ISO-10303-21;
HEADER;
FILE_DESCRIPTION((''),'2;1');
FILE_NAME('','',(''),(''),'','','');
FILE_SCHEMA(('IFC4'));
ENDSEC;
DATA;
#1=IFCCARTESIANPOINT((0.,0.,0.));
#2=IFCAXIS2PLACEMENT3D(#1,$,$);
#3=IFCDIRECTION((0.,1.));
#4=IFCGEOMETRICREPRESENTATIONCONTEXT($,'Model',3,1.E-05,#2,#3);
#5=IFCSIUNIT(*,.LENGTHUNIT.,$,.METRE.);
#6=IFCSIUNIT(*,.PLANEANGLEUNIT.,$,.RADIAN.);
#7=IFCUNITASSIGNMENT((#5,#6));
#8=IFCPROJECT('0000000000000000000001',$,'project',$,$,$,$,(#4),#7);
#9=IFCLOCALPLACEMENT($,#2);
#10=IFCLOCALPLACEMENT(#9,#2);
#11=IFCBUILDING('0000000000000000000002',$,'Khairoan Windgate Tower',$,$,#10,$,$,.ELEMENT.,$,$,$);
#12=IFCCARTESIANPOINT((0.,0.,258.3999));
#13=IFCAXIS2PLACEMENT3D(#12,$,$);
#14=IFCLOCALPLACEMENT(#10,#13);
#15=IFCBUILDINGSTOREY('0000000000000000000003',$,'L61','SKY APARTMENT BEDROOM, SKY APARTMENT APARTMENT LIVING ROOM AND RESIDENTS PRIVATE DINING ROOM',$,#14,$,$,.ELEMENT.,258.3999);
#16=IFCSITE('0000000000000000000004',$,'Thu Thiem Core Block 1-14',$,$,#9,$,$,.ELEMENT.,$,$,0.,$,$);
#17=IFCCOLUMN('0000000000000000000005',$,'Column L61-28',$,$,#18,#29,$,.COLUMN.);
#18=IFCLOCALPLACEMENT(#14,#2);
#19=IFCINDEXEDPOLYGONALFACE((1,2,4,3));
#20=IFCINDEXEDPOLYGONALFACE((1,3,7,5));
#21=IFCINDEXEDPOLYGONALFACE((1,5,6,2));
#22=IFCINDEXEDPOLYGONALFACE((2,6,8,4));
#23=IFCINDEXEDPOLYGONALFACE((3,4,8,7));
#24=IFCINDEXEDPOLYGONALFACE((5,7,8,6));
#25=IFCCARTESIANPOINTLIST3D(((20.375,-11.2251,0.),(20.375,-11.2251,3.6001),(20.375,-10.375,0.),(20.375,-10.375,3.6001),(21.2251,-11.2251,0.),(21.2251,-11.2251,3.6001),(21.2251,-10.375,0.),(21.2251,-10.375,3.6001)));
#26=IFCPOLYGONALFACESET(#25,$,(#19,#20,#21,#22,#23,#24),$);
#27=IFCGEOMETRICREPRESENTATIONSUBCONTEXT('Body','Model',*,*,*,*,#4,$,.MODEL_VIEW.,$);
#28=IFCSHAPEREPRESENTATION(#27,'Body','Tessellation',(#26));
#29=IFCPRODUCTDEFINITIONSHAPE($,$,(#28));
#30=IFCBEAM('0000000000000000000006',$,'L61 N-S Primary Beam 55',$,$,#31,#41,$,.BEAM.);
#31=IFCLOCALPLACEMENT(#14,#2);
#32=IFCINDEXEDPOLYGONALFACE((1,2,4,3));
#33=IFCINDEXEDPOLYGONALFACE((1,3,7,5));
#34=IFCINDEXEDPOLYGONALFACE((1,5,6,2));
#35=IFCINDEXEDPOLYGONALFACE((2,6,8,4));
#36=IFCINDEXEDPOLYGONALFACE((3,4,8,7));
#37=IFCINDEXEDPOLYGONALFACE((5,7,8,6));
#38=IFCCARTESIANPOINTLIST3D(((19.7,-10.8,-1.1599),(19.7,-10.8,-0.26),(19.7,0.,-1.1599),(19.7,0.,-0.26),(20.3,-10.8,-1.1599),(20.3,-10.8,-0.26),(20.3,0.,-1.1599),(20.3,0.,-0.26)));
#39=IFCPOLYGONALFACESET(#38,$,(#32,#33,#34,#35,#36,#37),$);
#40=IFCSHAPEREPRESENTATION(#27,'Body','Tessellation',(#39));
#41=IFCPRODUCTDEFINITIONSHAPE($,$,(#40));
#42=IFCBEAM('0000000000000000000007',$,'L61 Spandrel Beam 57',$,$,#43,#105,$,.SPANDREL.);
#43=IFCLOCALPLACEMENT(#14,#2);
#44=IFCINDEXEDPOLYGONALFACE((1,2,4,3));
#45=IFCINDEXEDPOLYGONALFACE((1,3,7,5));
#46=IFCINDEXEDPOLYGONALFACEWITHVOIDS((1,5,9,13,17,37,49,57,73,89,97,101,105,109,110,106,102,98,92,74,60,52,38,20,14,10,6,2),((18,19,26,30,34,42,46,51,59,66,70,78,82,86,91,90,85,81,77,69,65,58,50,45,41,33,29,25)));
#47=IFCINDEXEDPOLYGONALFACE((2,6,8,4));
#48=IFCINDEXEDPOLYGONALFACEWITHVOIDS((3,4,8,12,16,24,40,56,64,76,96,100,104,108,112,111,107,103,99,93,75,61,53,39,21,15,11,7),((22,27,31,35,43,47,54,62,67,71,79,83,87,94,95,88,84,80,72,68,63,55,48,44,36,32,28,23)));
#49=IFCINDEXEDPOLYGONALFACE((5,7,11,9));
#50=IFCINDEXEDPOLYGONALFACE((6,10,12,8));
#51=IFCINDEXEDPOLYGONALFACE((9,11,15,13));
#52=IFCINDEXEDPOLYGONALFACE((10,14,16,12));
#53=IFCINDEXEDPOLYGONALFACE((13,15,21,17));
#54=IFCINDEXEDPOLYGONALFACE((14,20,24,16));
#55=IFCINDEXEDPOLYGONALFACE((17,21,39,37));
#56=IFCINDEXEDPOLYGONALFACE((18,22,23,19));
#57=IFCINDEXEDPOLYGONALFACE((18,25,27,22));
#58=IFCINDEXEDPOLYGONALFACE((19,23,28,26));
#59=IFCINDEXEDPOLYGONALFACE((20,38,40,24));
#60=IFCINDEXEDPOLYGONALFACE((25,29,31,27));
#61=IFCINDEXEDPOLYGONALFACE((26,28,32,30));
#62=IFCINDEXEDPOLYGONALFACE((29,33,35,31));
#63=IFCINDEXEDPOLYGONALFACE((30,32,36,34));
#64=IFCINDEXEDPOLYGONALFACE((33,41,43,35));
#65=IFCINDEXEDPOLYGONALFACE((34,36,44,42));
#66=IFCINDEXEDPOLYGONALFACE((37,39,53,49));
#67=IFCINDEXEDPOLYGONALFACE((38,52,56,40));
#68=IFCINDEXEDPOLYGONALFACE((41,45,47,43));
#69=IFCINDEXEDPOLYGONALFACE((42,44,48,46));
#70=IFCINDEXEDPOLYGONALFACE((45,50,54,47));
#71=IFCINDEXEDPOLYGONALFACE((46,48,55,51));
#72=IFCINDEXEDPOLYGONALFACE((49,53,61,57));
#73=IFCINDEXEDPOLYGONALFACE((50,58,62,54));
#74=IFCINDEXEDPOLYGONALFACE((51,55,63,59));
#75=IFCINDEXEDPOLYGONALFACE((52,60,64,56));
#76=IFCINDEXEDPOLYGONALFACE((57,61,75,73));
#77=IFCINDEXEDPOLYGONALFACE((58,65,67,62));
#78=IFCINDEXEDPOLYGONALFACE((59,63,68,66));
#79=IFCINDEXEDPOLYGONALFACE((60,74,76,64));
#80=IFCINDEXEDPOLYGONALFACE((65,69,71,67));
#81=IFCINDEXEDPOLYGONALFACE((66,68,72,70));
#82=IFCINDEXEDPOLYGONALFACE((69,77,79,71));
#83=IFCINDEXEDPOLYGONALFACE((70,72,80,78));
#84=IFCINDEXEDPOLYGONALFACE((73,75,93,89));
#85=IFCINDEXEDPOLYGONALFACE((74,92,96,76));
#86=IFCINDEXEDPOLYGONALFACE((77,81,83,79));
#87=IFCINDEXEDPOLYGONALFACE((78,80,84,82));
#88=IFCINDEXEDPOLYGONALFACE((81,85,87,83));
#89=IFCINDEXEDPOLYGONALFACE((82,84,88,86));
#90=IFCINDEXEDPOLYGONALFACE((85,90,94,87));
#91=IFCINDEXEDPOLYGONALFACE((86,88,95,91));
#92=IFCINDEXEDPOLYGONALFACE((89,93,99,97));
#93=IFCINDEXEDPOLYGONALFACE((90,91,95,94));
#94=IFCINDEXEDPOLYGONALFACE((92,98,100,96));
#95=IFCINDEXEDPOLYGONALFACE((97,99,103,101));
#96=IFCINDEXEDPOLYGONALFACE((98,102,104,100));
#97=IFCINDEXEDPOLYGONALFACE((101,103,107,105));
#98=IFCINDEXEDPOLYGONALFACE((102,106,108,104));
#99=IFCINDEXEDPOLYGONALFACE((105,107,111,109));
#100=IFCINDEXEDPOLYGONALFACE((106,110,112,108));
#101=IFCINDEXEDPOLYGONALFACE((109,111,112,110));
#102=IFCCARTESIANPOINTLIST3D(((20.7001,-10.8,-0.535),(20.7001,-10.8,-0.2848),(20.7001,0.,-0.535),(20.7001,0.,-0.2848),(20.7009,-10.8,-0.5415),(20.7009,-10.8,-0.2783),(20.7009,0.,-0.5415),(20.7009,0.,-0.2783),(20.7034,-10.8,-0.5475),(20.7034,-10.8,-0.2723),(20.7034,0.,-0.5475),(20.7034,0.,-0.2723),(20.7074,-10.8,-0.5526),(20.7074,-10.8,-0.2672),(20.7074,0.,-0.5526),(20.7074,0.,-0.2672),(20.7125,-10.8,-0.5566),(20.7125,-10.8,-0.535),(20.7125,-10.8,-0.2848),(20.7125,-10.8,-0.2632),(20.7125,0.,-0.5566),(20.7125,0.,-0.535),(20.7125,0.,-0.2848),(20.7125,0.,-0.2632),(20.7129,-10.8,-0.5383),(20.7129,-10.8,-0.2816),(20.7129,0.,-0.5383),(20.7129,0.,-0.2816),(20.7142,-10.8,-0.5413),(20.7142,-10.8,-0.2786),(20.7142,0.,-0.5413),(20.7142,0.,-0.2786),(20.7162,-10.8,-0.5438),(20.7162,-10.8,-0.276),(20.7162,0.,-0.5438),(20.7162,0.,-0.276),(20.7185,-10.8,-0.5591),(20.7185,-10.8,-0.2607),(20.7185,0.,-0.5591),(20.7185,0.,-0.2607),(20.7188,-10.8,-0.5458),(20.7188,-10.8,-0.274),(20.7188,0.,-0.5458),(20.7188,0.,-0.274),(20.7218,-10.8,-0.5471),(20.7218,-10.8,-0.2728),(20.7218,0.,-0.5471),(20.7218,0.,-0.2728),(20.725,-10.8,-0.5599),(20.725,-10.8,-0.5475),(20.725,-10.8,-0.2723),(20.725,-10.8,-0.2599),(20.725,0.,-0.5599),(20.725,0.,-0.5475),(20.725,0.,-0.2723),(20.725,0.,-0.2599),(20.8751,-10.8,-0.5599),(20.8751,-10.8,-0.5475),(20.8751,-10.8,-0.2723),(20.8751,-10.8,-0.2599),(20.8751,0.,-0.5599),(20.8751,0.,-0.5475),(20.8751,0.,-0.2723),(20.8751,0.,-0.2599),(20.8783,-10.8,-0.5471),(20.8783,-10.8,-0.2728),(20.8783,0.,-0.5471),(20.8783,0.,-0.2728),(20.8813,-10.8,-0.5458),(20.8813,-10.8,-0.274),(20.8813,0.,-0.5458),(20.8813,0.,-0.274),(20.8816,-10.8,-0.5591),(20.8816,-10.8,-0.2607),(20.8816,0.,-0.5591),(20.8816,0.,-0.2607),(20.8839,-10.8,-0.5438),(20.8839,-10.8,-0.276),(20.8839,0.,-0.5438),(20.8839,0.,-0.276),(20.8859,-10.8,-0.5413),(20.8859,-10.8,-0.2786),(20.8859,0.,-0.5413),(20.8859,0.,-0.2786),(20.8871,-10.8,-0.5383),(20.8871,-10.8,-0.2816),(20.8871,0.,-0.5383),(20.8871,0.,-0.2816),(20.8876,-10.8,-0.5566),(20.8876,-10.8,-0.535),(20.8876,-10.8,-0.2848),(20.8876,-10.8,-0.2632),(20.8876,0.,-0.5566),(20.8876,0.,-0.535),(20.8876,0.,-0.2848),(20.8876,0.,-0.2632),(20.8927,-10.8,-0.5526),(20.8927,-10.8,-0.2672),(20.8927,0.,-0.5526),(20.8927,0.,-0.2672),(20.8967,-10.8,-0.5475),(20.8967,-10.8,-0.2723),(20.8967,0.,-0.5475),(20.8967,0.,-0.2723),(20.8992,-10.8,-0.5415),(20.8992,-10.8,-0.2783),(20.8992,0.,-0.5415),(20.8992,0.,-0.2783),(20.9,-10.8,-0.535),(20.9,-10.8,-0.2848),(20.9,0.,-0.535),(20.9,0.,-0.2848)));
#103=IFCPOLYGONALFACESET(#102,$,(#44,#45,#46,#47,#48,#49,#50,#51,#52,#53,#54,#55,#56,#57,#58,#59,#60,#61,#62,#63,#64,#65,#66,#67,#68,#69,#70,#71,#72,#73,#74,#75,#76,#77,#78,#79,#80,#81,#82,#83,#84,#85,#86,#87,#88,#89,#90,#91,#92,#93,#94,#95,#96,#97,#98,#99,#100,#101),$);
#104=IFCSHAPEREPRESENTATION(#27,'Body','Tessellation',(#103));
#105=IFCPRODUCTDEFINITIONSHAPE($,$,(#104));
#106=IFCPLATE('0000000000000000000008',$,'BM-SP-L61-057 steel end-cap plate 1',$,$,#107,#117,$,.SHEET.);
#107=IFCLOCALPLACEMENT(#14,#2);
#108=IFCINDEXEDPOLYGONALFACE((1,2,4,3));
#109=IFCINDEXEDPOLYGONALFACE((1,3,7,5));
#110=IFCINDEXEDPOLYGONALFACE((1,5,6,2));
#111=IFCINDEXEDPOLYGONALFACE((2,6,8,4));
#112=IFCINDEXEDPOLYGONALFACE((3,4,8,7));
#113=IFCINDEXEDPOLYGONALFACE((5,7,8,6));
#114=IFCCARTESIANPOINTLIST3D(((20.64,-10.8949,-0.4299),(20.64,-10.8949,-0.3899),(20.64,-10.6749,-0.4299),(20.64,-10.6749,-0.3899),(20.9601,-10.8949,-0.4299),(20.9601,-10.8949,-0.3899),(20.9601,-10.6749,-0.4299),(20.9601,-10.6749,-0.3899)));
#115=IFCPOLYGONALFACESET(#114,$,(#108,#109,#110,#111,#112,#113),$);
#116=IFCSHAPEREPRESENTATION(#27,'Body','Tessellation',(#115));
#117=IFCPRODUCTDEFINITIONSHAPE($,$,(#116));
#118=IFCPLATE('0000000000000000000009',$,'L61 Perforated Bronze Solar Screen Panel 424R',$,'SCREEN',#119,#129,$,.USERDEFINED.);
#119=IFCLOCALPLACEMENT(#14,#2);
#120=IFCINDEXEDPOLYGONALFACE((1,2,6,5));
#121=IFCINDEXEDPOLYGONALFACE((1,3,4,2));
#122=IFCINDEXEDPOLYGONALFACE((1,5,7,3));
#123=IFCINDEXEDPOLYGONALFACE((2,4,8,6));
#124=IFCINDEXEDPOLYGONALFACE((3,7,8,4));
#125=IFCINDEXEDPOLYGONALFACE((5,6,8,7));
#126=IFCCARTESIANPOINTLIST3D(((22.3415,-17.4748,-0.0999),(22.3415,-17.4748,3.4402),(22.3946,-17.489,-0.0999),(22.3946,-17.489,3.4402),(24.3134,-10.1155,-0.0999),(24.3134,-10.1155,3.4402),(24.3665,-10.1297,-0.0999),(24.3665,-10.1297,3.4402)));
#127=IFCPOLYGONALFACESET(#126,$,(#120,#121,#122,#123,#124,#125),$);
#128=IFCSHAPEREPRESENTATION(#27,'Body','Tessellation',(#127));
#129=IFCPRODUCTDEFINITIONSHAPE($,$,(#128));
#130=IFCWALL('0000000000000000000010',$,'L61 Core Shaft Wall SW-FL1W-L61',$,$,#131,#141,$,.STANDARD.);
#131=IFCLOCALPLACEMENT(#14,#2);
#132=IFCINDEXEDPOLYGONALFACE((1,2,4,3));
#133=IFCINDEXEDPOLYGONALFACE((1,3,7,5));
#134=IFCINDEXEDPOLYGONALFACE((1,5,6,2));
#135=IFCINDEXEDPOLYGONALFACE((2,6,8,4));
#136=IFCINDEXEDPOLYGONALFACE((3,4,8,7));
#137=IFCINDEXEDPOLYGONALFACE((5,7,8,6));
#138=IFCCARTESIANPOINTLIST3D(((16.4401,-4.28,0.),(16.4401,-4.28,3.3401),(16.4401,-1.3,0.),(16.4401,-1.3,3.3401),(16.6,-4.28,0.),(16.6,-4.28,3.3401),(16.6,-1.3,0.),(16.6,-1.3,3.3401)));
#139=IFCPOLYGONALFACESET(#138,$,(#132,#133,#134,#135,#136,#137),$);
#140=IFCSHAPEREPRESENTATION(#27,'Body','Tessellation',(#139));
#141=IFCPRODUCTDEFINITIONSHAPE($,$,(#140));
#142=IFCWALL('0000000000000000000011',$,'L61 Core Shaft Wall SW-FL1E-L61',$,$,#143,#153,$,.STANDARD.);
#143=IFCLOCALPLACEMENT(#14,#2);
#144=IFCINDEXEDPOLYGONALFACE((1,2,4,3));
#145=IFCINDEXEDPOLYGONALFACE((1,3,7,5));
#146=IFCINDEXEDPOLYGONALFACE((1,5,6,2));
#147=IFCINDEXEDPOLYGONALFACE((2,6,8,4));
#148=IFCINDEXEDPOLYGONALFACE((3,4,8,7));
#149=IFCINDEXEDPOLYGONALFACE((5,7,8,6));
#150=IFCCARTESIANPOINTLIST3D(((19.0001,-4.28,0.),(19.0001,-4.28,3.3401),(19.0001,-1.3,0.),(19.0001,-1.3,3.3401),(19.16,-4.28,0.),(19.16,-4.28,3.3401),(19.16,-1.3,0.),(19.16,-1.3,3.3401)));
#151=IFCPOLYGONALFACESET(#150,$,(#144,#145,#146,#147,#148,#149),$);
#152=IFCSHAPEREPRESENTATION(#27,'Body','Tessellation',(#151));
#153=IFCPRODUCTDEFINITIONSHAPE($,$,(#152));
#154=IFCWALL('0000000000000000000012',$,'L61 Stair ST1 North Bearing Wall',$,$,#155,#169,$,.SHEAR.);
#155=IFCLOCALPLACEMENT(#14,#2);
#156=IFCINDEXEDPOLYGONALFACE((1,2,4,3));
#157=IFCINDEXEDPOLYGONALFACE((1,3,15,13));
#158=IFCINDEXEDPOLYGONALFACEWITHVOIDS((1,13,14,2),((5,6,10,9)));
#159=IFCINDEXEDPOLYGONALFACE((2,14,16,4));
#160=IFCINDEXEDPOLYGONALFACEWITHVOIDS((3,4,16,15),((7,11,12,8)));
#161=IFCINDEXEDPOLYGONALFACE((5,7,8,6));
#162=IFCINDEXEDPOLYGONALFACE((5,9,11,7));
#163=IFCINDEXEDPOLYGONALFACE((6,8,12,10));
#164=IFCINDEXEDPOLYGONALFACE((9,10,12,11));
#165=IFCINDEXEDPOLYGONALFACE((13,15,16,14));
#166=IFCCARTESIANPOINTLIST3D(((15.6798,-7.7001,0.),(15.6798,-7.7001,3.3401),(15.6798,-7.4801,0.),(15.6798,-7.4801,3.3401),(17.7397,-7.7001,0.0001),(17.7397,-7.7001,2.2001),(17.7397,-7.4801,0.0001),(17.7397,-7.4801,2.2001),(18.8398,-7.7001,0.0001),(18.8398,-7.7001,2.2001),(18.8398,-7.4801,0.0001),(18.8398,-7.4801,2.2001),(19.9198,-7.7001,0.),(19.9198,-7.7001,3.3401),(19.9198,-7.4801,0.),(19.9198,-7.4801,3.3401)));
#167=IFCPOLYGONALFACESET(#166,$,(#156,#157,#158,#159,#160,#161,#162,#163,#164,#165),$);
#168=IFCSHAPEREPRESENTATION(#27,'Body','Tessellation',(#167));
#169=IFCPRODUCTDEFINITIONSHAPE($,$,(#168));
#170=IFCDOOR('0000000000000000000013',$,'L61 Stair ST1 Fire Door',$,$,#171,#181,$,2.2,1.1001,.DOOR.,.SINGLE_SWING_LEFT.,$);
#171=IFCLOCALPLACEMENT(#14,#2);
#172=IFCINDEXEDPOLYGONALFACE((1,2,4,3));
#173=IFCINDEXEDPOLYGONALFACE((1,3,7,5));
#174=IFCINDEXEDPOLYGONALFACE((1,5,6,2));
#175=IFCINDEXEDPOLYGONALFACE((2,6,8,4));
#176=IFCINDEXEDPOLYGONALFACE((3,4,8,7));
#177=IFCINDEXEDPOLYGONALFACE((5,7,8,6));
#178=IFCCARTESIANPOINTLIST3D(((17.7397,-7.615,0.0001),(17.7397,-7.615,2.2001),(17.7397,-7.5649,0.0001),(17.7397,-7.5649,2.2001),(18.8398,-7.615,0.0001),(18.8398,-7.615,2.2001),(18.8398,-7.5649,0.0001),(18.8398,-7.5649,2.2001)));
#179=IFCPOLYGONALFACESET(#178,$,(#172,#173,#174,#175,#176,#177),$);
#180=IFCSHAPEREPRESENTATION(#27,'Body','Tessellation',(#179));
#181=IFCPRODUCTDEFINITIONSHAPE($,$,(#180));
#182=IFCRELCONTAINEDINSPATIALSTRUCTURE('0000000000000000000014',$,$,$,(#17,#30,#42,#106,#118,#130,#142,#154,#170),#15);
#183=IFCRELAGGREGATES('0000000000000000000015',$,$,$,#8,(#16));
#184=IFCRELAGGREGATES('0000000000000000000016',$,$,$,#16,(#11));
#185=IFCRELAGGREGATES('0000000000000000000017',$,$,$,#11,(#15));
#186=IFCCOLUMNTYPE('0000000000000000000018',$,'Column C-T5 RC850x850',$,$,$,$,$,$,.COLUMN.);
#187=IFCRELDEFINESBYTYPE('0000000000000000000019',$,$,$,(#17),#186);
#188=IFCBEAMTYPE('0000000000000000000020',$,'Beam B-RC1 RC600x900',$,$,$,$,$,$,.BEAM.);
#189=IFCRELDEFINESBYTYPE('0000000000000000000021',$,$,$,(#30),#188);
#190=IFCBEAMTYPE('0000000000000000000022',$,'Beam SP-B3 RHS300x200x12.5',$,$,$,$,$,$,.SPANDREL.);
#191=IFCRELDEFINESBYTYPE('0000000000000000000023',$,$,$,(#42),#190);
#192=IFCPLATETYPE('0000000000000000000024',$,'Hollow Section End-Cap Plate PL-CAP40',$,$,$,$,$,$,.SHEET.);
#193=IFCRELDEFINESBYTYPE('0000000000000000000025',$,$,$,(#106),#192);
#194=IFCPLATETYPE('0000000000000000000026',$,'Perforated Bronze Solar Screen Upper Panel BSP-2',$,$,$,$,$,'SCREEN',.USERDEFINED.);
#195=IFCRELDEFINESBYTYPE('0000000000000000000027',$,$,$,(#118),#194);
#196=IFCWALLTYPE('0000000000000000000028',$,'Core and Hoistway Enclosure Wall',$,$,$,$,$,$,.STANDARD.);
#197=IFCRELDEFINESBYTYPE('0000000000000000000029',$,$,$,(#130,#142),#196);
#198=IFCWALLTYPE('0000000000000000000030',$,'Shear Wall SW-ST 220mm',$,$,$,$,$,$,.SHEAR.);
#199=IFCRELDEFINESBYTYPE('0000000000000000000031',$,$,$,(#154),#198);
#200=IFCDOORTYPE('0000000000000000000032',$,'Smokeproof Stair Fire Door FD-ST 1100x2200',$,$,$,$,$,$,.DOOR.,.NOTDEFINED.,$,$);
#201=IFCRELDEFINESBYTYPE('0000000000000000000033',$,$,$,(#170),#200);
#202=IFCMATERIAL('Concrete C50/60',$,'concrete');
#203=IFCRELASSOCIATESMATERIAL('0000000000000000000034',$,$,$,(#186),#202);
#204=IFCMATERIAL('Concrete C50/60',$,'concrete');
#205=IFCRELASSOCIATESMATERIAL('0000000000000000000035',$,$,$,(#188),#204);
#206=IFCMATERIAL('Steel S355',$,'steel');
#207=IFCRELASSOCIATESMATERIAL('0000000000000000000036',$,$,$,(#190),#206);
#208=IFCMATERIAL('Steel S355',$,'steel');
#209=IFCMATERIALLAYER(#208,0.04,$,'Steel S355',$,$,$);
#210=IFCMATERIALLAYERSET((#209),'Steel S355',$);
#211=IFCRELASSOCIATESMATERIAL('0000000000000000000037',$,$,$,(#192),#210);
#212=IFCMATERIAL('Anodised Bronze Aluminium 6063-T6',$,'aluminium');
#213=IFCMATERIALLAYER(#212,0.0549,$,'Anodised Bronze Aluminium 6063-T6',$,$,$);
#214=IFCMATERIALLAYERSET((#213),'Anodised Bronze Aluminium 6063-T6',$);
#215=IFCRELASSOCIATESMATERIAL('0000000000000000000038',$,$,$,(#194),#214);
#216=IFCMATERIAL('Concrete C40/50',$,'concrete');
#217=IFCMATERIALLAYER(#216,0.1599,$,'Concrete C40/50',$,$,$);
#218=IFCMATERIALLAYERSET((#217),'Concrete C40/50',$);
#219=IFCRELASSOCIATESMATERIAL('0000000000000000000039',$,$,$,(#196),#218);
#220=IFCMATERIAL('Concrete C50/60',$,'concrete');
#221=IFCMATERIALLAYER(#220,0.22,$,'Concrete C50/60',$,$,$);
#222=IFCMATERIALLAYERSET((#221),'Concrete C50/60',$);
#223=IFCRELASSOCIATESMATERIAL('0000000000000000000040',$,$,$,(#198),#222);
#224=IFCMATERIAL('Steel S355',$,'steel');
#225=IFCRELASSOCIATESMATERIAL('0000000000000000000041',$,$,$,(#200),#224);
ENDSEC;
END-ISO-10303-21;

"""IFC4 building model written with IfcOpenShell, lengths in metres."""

from ifc_helpers import new_model, si_unit, direction, frame, frame_2d, origin, origin_2d, place, context, subcontext, project, spatial, rectangle, hollow_rectangle, extrude, material, layer, layer_set, material_profile, profile_set, type_object, element, fill, save


model = new_model("IFC4")

# Units and contexts
model_context = context("Model", 3, precision=1e-05, world=origin(), true_north=direction((0.0, 1.0)))
body_context = subcontext(model_context, "Body", "Model", "MODEL_VIEW")
ifc_project = project(units=[si_unit("LENGTHUNIT", "METRE"), si_unit("PLANEANGLEUNIT", "RADIAN")], contexts=[model_context])

# Site, building, storey
site_placement = place(None, origin())
site = spatial("IfcSite", under=ifc_project, at=site_placement, Name="Thu Thiem Core Block 1-14", CompositionType="ELEMENT", RefElevation=0.0)
building_placement = place(site_placement, origin())
building = spatial("IfcBuilding", under=site, at=building_placement, Name="Khairoan Windgate Tower", CompositionType="ELEMENT")
storey_placement = place(building_placement, frame((0.0, 0.0, 258.3999)))
storey = spatial("IfcBuildingStorey", under=building, at=storey_placement, Name="L61", Description="SKY APARTMENT BEDROOM, SKY APARTMENT APARTMENT LIVING ROOM AND RESIDENTS PRIVATE DINING ROOM", CompositionType="ELEMENT", Elevation=258.3999)

# Column
ifc_material_1 = material(Name="Concrete C50/60", Category="concrete")
ifc_material_profile_1 = material_profile(ifc_material_1, rectangle(XDim=0.8501, YDim=0.8501, at=origin_2d()))
ifc_profile_set_1 = profile_set([ifc_material_profile_1], Name="Concrete C50/60")
column_type = type_object("IfcColumnType", Name="Column C-T5 RC850x850", PredefinedType="COLUMN", material=ifc_profile_set_1)
column_placement = place(storey_placement, frame((20.8, -10.8, 0.0), z_axis=(0.0, 0.0, 1.0), x_axis=(1.0, 0.0, 0.0)))
element("IfcColumn", 1, at=column_placement, inside=storey, type_object=column_type, Name="Column L61-28", PredefinedType="COLUMN", context=body_context, shape_type="SweptSolid", body=[
    extrude(rectangle(XDim=0.8501, YDim=0.8501, at=origin_2d()), origin(), (0.0, 0.0, 1.0), 3.6001),
])

# Beams
ifc_material_2 = material(Name="Concrete C50/60", Category="concrete")
ifc_material_profile_2 = material_profile(ifc_material_2, rectangle(XDim=0.6001, YDim=0.8999, at=origin_2d()))
ifc_profile_set_2 = profile_set([ifc_material_profile_2], Name="Concrete C50/60")
beam_type_1 = type_object("IfcBeamType", Name="Beam B-RC1 RC600x900", PredefinedType="BEAM", material=ifc_profile_set_2)
beam_1_placement = place(storey_placement, frame((20.0, -10.8, -0.71), z_axis=(0.0, 1.0, 0.0), x_axis=(-1.0, 0.0, 0.0)))
element("IfcBeam", 2, at=beam_1_placement, inside=storey, type_object=beam_type_1, Name="L61 N-S Primary Beam 55", PredefinedType="BEAM", context=body_context, shape_type="SweptSolid", body=[
    extrude(rectangle(XDim=0.6001, YDim=0.8999, at=origin_2d()), origin(), (0.0, 0.0, 1.0), 10.8),
])
ifc_material_3 = material(Name="Steel S355", Category="steel")
ifc_material_profile_3 = material_profile(ifc_material_3, hollow_rectangle(XDim=0.2, YDim=0.3, WallThickness=0.0125, InnerFilletRadius=0.0125, OuterFilletRadius=0.0249, at=origin_2d()))
ifc_profile_set_3 = profile_set([ifc_material_profile_3], Name="Steel S355")
beam_type_2 = type_object("IfcBeamType", Name="Beam SP-B3 RHS300x200x12.5", PredefinedType="SPANDREL", material=ifc_profile_set_3)
beam_2_placement = place(storey_placement, frame((20.8, -10.8, -0.4099), z_axis=(0.0, 1.0, 0.0), x_axis=(-1.0, 0.0, 0.0)))
element("IfcBeam", 3, at=beam_2_placement, inside=storey, type_object=beam_type_2, Name="L61 Spandrel Beam 57", PredefinedType="SPANDREL", context=body_context, shape_type="SweptSolid", body=[
    extrude(hollow_rectangle(XDim=0.2, YDim=0.3, WallThickness=0.0125, InnerFilletRadius=0.0125, OuterFilletRadius=0.0249, at=origin_2d()), origin(), (0.0, 0.0, 1.0), 10.8),
])

# Plates
ifc_material_4 = material(Name="Steel S355", Category="steel")
ifc_layer_1 = layer(ifc_material_4, 0.04, Name="Steel S355")
ifc_layer_set_1 = layer_set([ifc_layer_1], Name="Steel S355")
plate_type_1 = type_object("IfcPlateType", Name="Hollow Section End-Cap Plate PL-CAP40", PredefinedType="SHEET", material=ifc_layer_set_1)
plate_1_placement = place(storey_placement, frame((20.8, -10.7849, -0.4299), z_axis=(0.0, 0.0, 1.0), x_axis=(0.0, 1.0, 0.0)))
element("IfcPlate", 4, at=plate_1_placement, inside=storey, type_object=plate_type_1, Name="BM-SP-L61-057 steel end-cap plate 1", PredefinedType="SHEET", context=body_context, shape_type="SweptSolid", body=[
    extrude(rectangle(XDim=0.22, YDim=0.3201, at=origin_2d()), origin(), (0.0, 0.0, 1.0), 0.04),
])
ifc_material_5 = material(Name="Anodised Bronze Aluminium 6063-T6", Category="aluminium")
ifc_layer_2 = layer(ifc_material_5, 0.0549, Name="Anodised Bronze Aluminium 6063-T6")
ifc_layer_set_2 = layer_set([ifc_layer_2], Name="Anodised Bronze Aluminium 6063-T6")
plate_type_2 = type_object("IfcPlateType", Name="Perforated Bronze Solar Screen Upper Panel BSP-2", ElementType="SCREEN", PredefinedType="USERDEFINED", material=ifc_layer_set_2)
plate_2_placement = place(storey_placement, frame((23.354, -13.8022, -0.0999), z_axis=(0.0, 0.0, 1.0), x_axis=(-0.258819, -0.965926, 0.0)))
element("IfcPlate", 5, at=plate_2_placement, inside=storey, type_object=plate_type_2, Name="L61 Perforated Bronze Solar Screen Panel 424R", ObjectType="SCREEN", PredefinedType="USERDEFINED", context=body_context, shape_type="SweptSolid", body=[
    extrude(rectangle(XDim=7.6189, YDim=0.0549, at=origin_2d()), origin(), (0.0, 0.0, 1.0), 3.54),
])

# Walls
ifc_material_6 = material(Name="Concrete C40/50", Category="concrete")
ifc_layer_3 = layer(ifc_material_6, 0.1599, Name="Concrete C40/50")
ifc_layer_set_3 = layer_set([ifc_layer_3], Name="Concrete C40/50")
wall_type_1 = type_object("IfcWallType", Name="Core and Hoistway Enclosure Wall", PredefinedType="STANDARD", material=ifc_layer_set_3)
for number, where, z_axis, x_axis, name in (
    (6, (16.52, -4.28, 0.0), (0.0, 0.0, 1.0), (0.0, 1.0, 0.0), "L61 Core Shaft Wall SW-FL1W-L61"),
    (7, (19.0801, -4.28, 0.0), (0.0, 0.0, 1.0), (0.0, 1.0, 0.0), "L61 Core Shaft Wall SW-FL1E-L61"),
):
    element("IfcWall", number, at=place(storey_placement, frame(where, z_axis=z_axis, x_axis=x_axis)), inside=storey, type_object=wall_type_1, Name=name, PredefinedType="STANDARD", context=body_context, shape_type="SweptSolid", body=[
        extrude(rectangle(XDim=2.98, YDim=0.1599, at=frame_2d((1.49, 0.0))), origin(), (0.0, 0.0, 1.0), 3.3401),
    ])

# Wall, opening, door
ifc_material_7 = material(Name="Concrete C50/60", Category="concrete")
ifc_layer_4 = layer(ifc_material_7, 0.22, Name="Concrete C50/60")
ifc_layer_set_4 = layer_set([ifc_layer_4], Name="Concrete C50/60")
wall_type_2 = type_object("IfcWallType", Name="Shear Wall SW-ST 220mm", PredefinedType="SHEAR", material=ifc_layer_set_4)
wall_placement = place(storey_placement, frame((19.9199, -7.5901, 0.0), z_axis=(0.0, 0.0, 1.0), x_axis=(-1.0, 0.0, 0.0)))
wall = element("IfcWall", 8, at=wall_placement, inside=storey, type_object=wall_type_2, Name="L61 Stair ST1 North Bearing Wall", PredefinedType="SHEAR", context=body_context, shape_type="SweptSolid", body=[
    extrude(rectangle(XDim=4.24, YDim=0.22, at=frame_2d((2.1201, 0.0))), origin(), (0.0, 0.0, 1.0), 3.3401),
])
opening_placement = place(wall_placement, frame((1.0801, 0.0, 0.0)))
opening = element("IfcOpeningElement", 9, at=opening_placement, cuts=wall, PredefinedType="OPENING", context=body_context, shape_type="SweptSolid", body=[
    extrude(rectangle(XDim=1.1001, YDim=2.2, at=frame_2d((0.55, 1.1001))), frame((0.0, 0.1199, 0.0), z_axis=(0.0, -1.0, 0.0), x_axis=(1.0, 0.0, 0.0)), (0.0, 0.0, 1.0), 0.24),
])
ifc_material_8 = material(Name="Steel S355", Category="steel")
door_type = type_object("IfcDoorType", Name="Smokeproof Stair Fire Door FD-ST 1100x2200", OperationType="NOTDEFINED", PredefinedType="DOOR", material=ifc_material_8)
door_placement = place(opening_placement, origin())
door = element("IfcDoor", 10, at=door_placement, inside=storey, type_object=door_type, Name="L61 Stair ST1 Fire Door", OperationType="SINGLE_SWING_LEFT", OverallHeight=2.2, OverallWidth=1.1001, PredefinedType="DOOR", context=body_context, shape_type="SweptSolid", body=[
    extrude(rectangle(XDim=1.1001, YDim=2.2, at=frame_2d((0.55, 1.1001))), frame((0.0, 0.0249, 0.0), z_axis=(0.0, -1.0, 0.0), x_axis=(1.0, 0.0, 0.0)), (0.0, 0.0, 1.0), 0.05),
])
fill(opening, door)

save(model, "model.ifc")
